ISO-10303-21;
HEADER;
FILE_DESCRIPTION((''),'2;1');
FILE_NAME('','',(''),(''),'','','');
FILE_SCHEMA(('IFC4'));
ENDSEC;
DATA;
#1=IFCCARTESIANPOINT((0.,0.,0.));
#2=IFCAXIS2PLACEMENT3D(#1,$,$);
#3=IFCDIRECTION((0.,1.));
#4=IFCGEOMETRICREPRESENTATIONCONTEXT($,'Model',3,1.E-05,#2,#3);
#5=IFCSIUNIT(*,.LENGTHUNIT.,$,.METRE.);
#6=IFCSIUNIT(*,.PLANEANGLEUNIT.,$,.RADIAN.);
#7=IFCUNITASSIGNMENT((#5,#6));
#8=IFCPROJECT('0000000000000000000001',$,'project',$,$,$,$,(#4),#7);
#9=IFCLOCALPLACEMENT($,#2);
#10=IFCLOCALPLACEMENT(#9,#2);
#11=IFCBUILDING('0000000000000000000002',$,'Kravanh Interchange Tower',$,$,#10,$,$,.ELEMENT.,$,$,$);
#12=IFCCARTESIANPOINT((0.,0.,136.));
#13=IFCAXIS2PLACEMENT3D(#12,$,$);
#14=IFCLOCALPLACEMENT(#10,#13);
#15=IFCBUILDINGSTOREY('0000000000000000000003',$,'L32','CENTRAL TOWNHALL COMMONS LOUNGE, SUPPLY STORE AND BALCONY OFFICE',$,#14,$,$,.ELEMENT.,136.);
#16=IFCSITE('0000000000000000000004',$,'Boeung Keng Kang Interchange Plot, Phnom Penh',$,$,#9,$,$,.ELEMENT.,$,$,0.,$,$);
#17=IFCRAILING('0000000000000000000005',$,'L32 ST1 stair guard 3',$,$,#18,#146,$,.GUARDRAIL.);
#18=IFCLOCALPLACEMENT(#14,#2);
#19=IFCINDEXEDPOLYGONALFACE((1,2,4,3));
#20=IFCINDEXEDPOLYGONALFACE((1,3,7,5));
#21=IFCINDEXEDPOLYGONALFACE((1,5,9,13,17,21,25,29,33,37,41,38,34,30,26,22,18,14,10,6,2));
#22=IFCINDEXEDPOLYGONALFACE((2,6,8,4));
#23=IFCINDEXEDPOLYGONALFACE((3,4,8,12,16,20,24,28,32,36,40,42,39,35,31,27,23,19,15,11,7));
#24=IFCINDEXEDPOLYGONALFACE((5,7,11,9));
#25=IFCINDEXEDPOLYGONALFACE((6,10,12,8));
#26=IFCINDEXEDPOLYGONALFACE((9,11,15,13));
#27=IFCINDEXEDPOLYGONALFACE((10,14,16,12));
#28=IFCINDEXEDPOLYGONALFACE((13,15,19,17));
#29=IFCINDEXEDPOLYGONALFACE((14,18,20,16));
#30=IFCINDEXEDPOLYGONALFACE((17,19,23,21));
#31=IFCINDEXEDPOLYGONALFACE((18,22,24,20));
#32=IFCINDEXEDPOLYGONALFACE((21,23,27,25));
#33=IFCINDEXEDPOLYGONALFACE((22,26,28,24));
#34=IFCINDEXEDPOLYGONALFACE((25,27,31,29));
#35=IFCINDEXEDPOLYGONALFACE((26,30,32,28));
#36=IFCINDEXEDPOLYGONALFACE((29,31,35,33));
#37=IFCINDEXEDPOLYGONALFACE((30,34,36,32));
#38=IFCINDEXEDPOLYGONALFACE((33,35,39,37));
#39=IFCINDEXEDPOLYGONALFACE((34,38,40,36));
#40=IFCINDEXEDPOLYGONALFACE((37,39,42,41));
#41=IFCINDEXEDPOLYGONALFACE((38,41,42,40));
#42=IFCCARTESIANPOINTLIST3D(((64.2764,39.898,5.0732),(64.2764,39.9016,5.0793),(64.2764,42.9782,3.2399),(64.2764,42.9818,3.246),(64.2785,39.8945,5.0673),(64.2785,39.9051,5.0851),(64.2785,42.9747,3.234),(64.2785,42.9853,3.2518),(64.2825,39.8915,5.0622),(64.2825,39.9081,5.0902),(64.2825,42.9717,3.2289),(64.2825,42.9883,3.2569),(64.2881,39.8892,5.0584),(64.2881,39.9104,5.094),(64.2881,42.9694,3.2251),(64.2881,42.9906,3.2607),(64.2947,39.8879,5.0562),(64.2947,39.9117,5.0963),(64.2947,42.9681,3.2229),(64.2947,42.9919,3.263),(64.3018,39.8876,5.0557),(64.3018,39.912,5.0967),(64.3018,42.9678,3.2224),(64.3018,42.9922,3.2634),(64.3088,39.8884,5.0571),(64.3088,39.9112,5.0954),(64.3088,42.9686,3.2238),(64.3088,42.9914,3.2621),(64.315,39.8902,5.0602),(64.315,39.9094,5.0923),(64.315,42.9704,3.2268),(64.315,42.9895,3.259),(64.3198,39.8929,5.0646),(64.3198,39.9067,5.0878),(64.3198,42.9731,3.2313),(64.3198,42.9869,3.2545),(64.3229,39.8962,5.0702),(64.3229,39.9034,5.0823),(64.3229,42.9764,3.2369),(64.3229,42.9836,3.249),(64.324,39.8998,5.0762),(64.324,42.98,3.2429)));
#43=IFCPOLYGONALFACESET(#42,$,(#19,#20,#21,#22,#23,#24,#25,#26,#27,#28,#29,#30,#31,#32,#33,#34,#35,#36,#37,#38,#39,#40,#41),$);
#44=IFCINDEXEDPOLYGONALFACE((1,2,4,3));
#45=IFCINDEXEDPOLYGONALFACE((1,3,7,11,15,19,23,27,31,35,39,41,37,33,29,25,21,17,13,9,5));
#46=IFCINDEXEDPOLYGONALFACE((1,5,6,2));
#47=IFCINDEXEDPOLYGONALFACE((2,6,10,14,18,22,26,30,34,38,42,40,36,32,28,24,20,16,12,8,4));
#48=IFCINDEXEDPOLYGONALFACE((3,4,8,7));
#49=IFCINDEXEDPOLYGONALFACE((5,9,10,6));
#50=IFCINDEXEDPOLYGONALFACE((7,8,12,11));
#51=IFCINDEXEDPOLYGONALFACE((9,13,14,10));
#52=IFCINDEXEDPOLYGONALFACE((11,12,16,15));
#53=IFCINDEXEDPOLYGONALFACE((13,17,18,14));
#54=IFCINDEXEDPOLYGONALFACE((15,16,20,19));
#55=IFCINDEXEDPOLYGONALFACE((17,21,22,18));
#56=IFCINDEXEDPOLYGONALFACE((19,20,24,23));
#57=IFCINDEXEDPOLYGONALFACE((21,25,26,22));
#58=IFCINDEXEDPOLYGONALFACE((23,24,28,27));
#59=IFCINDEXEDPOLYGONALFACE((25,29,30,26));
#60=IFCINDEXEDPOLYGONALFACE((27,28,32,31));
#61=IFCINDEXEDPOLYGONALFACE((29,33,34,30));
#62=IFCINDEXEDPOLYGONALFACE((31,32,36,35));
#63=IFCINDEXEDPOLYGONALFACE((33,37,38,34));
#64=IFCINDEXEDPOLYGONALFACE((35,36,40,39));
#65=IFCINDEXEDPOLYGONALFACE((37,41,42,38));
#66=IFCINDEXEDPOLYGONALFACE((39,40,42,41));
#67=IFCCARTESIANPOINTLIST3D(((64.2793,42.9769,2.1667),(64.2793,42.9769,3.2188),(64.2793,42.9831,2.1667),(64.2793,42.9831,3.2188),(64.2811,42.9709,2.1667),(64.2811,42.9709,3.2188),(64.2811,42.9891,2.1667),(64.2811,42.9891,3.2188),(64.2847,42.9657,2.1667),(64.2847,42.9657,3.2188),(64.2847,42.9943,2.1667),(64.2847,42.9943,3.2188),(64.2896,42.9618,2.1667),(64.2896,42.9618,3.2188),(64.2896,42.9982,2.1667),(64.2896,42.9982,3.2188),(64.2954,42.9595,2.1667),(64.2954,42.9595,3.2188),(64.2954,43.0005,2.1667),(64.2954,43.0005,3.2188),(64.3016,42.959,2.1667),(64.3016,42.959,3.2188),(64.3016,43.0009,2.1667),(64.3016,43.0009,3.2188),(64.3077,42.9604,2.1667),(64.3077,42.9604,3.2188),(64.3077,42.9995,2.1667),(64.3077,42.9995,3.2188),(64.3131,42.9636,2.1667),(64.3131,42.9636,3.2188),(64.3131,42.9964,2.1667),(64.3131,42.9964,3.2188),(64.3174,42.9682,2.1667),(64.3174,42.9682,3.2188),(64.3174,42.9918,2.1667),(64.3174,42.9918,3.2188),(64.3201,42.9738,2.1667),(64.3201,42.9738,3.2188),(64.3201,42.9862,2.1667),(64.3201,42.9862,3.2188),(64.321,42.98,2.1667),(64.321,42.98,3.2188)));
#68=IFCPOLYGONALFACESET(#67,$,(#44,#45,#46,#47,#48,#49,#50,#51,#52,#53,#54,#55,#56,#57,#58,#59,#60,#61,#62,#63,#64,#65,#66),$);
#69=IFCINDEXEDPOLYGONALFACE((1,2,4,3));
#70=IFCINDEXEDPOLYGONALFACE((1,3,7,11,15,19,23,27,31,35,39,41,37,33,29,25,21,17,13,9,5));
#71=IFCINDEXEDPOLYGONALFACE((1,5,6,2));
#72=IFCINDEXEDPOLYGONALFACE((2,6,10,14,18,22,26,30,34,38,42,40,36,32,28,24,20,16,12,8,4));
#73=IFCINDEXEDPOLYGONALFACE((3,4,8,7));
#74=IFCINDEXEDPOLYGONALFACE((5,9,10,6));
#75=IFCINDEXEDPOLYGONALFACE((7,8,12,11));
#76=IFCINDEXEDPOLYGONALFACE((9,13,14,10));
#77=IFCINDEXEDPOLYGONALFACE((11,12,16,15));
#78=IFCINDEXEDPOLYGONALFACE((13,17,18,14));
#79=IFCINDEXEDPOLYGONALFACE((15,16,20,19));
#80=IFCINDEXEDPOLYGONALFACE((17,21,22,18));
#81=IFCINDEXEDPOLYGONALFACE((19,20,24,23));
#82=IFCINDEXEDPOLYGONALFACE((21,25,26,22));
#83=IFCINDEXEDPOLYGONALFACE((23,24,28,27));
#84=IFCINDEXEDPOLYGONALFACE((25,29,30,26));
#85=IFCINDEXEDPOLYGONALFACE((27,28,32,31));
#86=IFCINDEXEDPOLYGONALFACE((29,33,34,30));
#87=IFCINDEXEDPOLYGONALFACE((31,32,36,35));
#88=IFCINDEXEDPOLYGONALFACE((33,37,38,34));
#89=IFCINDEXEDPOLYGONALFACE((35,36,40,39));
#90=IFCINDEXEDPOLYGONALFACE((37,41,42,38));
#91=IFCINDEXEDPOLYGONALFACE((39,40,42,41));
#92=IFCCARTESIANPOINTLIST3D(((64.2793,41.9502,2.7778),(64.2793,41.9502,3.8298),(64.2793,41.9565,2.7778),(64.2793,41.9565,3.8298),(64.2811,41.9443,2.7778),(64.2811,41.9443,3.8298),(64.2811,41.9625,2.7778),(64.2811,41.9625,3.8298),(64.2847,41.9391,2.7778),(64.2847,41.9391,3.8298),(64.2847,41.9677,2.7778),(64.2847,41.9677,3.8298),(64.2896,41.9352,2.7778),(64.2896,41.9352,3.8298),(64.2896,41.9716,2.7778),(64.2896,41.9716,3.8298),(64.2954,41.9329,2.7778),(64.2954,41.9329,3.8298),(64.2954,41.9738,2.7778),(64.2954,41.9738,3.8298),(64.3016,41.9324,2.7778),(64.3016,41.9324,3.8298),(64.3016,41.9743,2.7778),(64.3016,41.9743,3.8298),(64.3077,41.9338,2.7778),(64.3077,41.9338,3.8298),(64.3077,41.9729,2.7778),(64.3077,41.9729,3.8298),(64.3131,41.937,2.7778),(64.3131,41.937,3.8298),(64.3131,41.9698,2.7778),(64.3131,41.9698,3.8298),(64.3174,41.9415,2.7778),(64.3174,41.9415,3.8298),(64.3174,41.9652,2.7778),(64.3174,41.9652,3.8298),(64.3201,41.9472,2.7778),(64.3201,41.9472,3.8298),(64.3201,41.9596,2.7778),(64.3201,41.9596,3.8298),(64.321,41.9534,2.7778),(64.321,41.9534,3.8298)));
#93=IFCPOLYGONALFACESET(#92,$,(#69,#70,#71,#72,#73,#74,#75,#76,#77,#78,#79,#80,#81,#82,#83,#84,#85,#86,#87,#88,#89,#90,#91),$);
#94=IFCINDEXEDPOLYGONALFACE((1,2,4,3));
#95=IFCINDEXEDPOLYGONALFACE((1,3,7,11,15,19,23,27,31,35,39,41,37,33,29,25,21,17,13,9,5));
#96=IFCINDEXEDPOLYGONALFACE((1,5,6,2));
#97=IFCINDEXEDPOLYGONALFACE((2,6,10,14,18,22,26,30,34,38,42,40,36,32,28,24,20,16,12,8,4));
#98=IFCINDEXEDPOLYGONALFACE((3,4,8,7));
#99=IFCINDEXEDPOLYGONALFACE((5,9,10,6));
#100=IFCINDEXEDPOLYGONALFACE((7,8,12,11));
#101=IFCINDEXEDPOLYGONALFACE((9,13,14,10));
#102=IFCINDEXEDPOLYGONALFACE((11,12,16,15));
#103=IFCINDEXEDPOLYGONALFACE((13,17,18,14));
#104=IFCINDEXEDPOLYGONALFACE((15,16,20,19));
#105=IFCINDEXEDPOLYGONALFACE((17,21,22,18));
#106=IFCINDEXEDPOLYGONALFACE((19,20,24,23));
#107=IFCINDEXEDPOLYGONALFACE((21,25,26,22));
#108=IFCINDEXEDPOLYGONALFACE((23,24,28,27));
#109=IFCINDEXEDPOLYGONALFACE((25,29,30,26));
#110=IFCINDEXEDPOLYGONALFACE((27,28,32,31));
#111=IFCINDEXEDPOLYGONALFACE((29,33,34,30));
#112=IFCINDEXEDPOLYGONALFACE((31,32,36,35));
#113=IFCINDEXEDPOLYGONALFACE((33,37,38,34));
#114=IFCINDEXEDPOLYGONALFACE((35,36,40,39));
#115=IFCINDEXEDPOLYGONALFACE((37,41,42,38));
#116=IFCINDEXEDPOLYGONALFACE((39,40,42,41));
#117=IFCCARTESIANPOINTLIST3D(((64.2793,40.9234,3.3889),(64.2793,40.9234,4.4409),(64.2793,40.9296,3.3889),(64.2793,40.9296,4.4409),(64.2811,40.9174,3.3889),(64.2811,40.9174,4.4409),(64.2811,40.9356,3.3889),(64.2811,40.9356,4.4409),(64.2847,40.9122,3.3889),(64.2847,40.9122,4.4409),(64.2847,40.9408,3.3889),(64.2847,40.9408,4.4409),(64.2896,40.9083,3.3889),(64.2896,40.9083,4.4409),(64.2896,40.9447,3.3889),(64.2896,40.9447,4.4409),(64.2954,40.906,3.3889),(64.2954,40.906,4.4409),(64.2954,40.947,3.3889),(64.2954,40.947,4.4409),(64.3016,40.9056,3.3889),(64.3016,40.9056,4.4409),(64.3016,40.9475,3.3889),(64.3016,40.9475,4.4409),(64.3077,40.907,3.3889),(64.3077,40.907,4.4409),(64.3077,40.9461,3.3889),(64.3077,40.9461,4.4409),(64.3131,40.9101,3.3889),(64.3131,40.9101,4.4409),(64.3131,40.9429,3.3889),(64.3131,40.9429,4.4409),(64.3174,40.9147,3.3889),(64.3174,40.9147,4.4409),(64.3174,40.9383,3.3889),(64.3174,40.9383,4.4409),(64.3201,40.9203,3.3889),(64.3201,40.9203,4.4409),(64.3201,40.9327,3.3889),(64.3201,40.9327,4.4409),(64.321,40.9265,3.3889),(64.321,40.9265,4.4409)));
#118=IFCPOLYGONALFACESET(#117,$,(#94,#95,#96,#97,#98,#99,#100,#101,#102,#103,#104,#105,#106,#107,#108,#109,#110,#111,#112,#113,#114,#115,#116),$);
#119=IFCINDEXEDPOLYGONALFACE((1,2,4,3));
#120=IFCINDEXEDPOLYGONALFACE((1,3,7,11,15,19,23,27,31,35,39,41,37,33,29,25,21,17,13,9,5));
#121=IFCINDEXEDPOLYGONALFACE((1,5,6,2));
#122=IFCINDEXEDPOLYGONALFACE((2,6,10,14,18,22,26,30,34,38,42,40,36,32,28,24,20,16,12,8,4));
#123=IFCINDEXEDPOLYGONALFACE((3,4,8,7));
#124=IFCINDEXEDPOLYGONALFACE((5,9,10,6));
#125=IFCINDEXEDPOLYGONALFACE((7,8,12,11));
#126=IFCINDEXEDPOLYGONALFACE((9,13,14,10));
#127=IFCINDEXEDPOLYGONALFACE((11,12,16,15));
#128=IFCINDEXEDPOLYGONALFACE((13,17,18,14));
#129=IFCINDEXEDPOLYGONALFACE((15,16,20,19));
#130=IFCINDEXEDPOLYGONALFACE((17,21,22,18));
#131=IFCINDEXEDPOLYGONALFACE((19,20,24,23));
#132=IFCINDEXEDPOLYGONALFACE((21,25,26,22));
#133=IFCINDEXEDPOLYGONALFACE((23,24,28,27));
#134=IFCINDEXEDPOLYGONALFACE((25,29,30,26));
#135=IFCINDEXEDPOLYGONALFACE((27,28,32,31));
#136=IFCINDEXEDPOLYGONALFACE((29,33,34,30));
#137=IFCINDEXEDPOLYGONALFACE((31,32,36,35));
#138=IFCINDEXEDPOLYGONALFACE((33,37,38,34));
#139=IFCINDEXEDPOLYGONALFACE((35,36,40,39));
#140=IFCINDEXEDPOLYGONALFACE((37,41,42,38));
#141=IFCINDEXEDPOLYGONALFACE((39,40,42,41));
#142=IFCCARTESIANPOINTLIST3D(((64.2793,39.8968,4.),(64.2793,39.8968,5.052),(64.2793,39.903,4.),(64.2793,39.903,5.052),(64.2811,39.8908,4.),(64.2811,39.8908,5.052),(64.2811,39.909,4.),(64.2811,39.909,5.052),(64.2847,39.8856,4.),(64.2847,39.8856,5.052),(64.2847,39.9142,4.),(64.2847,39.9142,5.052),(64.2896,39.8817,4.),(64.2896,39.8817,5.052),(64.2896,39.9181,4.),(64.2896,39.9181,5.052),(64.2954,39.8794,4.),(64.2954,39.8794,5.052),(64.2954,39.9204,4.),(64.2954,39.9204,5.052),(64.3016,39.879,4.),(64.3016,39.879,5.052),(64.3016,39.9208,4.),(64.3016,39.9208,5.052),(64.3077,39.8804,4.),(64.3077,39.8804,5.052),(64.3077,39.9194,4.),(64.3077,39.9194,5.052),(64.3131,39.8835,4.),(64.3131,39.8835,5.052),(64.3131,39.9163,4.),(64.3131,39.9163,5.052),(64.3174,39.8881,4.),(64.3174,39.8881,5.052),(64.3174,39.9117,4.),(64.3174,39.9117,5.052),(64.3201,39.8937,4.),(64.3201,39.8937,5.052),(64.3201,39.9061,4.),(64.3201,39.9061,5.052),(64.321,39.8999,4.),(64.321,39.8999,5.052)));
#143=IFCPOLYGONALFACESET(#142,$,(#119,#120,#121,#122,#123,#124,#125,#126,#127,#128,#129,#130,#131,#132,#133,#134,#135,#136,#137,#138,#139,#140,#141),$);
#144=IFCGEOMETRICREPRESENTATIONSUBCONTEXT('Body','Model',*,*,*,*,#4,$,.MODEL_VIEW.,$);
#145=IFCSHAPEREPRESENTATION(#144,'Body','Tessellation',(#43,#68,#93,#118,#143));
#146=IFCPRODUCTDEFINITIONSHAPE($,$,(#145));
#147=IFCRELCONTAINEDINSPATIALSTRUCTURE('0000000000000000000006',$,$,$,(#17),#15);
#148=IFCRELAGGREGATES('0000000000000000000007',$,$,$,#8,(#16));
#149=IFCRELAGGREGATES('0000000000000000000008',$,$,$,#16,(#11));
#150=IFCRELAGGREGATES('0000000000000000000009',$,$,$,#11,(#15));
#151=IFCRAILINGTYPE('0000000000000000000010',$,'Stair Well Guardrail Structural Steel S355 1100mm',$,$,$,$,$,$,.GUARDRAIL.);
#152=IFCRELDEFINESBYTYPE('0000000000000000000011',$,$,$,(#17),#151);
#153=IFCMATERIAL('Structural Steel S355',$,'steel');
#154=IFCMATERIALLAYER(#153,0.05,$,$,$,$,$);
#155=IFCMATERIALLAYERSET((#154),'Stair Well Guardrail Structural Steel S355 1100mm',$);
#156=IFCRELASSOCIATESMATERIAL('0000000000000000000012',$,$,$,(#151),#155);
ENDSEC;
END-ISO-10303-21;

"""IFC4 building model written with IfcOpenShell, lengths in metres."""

from ifc_helpers import new_model, si_unit, direction, frame, origin, origin_2d, place, context, subcontext, project, spatial, circle, extrude, material, layer, layer_set, type_object, element, save


model = new_model("IFC4")

# Units and contexts
model_context = context("Model", 3, precision=1e-05, world=origin(), true_north=direction((0.0, 1.0)))
body_context = subcontext(model_context, "Body", "Model", "MODEL_VIEW")
ifc_project = project(units=[si_unit("LENGTHUNIT", "METRE"), si_unit("PLANEANGLEUNIT", "RADIAN")], contexts=[model_context])

# Site, building, storey
site_placement = place(None, origin())
site = spatial("IfcSite", under=ifc_project, at=site_placement, Name="Boeung Keng Kang Interchange Plot, Phnom Penh", CompositionType="ELEMENT", RefElevation=0.0)
building_placement = place(site_placement, origin())
building = spatial("IfcBuilding", under=site, at=building_placement, Name="Kravanh Interchange Tower", CompositionType="ELEMENT")
storey_placement = place(building_placement, frame((0.0, 0.0, 136.0)))
storey = spatial("IfcBuildingStorey", under=building, at=storey_placement, Name="L32", Description="CENTRAL TOWNHALL COMMONS LOUNGE, SUPPLY STORE AND BALCONY OFFICE", CompositionType="ELEMENT", Elevation=136.0)

# Railing
ifc_material_1 = material(Name="Structural Steel S355", Category="steel")
ifc_layer_1 = layer(ifc_material_1, 0.05)
ifc_layer_set_1 = layer_set([ifc_layer_1], Name="Stair Well Guardrail Structural Steel S355 1100mm")
railing_type_1 = type_object("IfcRailingType", Name="Stair Well Guardrail Structural Steel S355 1100mm", PredefinedType="GUARDRAIL", material=ifc_layer_set_1)
railing_1_placement = place(storey_placement, frame((64.3, 42.98, 2.1667)))
element("IfcRailing", 1, at=railing_1_placement, inside=storey, type_object=railing_type_1, Name="L32 ST1 stair guard 3", PredefinedType="GUARDRAIL", context=body_context, shape_type="SweptSolid", body=[
    extrude(circle(Radius=0.0239, at=origin_2d()), frame((0.0, 0.0, 1.0762), z_axis=(0.0, -0.859309, 0.511458), x_axis=(1.0, 0.0, 0.0)), (0.0, 0.0, 1.0), 3.5845),
    extrude(circle(Radius=0.021, at=origin_2d()), origin(), (0.0, 0.0, 1.0), 1.052),
    extrude(circle(Radius=0.021, at=origin_2d()), frame((0.0, -1.0266, 0.6111)), (0.0, 0.0, 1.0), 1.052),
    extrude(circle(Radius=0.021, at=origin_2d()), frame((0.0, -2.0535, 1.2222)), (0.0, 0.0, 1.0), 1.052),
    extrude(circle(Radius=0.021, at=origin_2d()), frame((0.0, -3.0801, 1.8333)), (0.0, 0.0, 1.0), 1.052),
])

save(model, "model.ifc")
